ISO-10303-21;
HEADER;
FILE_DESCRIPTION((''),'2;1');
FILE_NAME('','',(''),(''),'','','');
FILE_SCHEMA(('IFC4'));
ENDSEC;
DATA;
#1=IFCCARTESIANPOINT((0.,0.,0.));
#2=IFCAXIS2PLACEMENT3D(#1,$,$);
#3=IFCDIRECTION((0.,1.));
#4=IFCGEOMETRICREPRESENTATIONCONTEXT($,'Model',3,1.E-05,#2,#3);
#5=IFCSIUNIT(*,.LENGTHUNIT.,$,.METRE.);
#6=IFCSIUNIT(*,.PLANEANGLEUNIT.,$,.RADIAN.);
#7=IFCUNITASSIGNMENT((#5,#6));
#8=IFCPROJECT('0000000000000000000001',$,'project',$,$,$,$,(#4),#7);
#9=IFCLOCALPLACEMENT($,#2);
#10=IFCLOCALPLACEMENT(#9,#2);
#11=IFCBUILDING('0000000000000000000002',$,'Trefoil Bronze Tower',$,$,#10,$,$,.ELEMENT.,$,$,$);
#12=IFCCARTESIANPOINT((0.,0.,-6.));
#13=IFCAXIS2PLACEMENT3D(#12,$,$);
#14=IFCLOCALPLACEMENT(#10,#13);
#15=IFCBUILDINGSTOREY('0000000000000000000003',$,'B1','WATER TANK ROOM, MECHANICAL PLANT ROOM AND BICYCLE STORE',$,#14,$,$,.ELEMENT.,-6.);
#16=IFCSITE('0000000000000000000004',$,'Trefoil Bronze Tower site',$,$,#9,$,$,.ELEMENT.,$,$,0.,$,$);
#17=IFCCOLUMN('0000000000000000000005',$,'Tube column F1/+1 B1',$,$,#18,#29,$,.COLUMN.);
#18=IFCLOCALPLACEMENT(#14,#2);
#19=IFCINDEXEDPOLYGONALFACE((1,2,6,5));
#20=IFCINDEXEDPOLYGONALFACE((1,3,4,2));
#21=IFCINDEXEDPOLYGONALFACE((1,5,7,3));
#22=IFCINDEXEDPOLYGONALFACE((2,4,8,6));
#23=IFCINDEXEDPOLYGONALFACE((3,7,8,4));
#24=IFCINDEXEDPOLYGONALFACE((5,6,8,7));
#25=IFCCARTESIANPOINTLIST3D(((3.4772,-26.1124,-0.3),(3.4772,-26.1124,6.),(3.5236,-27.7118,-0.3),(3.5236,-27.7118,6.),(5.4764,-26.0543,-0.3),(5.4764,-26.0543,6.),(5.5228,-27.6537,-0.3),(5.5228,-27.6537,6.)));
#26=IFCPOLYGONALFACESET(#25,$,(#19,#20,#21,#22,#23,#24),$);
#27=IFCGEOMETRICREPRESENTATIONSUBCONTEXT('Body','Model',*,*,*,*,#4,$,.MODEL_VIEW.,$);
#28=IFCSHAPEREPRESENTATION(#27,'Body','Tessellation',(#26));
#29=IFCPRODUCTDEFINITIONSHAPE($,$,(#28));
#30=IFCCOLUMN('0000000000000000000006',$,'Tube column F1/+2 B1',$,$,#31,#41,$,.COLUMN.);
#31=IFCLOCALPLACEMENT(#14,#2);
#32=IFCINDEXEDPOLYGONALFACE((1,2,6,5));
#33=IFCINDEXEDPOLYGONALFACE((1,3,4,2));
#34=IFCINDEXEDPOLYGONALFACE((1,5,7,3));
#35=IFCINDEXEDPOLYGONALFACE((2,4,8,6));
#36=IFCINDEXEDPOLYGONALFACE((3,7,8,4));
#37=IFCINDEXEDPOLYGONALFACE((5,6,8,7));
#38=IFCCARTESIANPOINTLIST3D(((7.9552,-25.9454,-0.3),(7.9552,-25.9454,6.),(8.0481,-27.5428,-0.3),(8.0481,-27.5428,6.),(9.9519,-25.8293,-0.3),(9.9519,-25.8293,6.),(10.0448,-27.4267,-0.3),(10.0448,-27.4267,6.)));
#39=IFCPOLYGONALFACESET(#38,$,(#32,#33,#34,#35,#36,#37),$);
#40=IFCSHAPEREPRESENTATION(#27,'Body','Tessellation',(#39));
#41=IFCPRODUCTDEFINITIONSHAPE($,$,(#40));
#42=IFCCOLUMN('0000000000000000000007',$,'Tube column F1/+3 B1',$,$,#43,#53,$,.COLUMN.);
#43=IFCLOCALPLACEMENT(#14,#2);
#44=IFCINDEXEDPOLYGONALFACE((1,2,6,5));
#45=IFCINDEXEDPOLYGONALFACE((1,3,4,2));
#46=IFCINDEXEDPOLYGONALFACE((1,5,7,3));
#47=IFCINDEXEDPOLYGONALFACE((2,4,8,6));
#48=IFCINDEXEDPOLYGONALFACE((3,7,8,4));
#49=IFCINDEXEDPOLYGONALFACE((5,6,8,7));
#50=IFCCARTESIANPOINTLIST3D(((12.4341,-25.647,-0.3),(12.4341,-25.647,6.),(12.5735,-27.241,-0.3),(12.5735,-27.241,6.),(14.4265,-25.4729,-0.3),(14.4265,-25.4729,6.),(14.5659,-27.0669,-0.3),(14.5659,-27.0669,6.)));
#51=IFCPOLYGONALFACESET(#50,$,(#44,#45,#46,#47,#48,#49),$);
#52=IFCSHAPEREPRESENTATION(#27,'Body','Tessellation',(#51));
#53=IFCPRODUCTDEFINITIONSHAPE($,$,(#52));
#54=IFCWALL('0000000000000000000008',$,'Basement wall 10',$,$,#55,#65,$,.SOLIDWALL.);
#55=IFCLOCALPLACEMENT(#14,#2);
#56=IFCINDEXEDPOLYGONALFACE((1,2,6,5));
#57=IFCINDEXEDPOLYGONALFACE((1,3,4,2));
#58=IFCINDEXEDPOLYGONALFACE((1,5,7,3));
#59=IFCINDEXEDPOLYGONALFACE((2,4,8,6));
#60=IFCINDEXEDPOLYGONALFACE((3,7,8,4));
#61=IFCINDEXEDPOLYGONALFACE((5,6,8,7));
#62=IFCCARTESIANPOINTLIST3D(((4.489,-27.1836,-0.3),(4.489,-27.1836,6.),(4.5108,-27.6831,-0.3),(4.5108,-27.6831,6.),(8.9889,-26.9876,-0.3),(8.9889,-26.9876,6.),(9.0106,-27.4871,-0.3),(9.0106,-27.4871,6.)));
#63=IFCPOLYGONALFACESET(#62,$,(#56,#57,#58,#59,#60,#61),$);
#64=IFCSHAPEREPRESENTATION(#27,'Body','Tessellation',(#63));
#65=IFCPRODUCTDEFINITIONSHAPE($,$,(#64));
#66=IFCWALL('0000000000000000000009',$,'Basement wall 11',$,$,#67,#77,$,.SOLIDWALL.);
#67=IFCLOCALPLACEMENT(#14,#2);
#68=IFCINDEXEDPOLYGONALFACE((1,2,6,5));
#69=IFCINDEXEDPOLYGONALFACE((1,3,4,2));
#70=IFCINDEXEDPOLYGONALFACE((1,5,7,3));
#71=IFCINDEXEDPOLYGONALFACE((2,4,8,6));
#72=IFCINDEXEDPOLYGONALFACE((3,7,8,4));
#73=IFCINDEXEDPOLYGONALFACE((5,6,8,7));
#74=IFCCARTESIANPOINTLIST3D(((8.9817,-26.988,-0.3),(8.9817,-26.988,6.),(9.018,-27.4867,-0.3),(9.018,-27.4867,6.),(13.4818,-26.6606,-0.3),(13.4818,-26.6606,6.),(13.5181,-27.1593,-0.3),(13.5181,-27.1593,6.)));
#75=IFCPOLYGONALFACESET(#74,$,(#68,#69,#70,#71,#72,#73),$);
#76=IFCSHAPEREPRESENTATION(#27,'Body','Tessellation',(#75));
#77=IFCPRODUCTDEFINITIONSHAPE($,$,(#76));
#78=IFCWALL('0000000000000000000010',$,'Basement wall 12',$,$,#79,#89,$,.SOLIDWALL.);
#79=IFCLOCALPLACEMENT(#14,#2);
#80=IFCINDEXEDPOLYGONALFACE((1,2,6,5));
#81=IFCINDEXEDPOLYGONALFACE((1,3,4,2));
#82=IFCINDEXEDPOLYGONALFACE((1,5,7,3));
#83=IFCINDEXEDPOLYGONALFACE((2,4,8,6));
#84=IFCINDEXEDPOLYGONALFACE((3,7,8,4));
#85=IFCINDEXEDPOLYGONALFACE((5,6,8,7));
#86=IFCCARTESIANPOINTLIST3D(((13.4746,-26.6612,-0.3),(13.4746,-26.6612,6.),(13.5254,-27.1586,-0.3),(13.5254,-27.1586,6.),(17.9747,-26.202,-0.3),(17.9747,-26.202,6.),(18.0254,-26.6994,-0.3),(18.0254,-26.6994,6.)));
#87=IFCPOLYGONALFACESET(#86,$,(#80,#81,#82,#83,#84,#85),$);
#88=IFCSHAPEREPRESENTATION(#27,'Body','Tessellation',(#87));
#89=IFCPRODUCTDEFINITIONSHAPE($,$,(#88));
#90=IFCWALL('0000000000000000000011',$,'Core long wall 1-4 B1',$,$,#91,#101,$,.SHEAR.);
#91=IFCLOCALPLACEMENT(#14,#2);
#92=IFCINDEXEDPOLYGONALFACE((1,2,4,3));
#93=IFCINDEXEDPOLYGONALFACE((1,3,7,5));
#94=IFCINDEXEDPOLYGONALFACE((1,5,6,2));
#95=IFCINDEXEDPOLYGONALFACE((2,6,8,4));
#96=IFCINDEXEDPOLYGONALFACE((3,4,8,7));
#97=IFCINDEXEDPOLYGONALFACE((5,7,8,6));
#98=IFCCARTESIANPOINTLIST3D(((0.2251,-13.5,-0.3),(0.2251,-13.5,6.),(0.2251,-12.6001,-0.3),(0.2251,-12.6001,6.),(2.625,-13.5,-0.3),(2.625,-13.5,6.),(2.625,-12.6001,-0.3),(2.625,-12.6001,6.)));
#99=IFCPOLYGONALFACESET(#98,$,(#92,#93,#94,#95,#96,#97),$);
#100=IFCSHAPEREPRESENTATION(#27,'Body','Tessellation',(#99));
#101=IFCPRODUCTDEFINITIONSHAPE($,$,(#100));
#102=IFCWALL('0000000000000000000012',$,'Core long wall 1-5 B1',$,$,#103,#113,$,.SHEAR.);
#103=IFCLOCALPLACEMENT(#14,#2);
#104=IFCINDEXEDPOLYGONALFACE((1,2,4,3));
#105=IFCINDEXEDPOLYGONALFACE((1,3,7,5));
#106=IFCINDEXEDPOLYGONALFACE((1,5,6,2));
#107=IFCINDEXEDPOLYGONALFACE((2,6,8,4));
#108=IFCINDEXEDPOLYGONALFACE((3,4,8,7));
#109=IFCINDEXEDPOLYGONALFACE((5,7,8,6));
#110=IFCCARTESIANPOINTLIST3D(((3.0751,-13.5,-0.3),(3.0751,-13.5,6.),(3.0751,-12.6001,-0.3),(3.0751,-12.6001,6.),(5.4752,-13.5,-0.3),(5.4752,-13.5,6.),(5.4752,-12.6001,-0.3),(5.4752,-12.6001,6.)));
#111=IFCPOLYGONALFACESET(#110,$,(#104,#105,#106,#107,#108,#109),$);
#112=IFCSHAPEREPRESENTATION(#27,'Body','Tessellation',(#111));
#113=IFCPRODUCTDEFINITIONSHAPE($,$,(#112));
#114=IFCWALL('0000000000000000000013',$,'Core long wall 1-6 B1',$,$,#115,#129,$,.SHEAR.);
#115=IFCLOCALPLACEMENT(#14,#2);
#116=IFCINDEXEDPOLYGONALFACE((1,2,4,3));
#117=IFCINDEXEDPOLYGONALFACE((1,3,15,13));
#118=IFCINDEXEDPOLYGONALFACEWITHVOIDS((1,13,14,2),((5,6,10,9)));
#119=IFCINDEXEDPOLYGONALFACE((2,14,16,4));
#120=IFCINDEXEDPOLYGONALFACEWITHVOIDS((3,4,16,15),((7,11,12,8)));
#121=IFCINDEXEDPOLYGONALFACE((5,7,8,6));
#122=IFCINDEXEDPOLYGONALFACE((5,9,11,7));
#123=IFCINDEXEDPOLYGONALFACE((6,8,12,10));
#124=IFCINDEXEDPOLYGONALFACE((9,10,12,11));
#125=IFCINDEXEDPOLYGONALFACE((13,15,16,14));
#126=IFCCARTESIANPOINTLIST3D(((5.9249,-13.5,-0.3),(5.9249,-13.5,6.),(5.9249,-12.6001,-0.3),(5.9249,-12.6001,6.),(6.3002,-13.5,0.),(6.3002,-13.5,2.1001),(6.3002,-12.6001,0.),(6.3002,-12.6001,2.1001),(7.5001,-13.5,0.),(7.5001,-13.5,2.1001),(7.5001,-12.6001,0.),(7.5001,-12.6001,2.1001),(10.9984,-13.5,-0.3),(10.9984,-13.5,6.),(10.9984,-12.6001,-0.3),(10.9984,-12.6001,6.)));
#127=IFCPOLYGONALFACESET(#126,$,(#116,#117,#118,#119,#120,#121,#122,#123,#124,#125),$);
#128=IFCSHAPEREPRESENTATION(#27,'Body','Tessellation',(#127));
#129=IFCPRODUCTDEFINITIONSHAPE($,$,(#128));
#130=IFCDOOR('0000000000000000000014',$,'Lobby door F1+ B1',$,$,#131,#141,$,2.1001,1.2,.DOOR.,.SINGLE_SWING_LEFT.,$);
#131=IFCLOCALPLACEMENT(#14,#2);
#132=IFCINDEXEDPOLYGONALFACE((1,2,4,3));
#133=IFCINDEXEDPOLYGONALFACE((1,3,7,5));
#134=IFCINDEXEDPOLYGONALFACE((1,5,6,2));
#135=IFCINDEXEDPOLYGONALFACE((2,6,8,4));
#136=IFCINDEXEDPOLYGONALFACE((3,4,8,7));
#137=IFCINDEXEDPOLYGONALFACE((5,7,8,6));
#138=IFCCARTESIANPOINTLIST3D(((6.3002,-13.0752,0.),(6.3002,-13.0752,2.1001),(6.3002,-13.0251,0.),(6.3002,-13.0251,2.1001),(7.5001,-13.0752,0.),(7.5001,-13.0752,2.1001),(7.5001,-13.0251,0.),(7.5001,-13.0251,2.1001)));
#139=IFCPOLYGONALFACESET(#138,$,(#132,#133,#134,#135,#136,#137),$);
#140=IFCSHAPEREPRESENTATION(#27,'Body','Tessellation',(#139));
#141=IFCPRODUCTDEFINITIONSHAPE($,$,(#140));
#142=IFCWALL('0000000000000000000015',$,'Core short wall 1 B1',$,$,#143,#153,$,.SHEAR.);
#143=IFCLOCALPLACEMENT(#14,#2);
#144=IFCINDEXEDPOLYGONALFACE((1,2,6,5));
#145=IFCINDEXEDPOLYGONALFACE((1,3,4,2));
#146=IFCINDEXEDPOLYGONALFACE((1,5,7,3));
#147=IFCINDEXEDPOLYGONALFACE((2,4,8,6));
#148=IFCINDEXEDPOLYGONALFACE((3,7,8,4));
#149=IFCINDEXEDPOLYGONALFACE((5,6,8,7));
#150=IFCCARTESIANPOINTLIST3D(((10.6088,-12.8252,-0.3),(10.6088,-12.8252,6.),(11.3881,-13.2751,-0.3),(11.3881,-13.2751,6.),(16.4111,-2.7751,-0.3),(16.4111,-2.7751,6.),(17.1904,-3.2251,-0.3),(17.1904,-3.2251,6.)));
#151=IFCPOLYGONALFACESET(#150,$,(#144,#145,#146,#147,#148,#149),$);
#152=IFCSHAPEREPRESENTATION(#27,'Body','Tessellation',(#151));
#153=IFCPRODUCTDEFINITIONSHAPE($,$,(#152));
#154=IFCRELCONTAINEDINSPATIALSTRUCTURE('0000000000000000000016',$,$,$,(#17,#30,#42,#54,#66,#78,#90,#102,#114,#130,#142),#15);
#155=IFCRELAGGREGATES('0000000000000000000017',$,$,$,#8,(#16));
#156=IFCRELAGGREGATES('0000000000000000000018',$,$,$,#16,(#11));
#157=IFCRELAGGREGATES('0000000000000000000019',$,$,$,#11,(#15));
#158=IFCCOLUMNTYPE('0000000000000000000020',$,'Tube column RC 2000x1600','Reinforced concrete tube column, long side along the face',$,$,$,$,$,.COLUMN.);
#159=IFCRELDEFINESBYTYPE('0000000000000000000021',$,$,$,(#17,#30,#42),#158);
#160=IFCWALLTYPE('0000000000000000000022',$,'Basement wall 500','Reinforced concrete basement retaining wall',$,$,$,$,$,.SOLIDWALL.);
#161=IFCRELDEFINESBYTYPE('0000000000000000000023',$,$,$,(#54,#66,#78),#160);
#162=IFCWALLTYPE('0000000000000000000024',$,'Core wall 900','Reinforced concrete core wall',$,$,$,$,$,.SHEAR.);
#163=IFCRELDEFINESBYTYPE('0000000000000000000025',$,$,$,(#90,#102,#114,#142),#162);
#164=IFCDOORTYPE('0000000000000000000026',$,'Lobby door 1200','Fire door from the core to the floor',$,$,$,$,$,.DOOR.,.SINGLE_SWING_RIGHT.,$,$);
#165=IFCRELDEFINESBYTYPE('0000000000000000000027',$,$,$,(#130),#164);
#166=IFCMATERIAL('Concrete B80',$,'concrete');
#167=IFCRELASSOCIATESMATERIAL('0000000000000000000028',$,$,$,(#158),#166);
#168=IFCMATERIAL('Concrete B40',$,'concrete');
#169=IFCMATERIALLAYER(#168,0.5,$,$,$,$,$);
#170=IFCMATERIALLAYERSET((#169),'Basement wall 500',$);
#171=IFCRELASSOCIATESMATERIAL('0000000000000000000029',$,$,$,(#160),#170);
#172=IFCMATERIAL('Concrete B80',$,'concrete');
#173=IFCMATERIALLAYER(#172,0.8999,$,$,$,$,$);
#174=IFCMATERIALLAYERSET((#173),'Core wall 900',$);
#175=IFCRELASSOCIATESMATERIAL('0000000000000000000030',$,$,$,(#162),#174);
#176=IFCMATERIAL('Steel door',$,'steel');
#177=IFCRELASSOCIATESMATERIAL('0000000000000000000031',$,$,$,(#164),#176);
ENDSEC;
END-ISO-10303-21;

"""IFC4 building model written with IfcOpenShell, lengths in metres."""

from ifc_helpers import new_model, si_unit, direction, frame, frame_2d, origin, origin_2d, place, context, subcontext, project, spatial, rectangle, extrude, material, layer, layer_set, material_profile, profile_set, type_object, element, fill, save


model = new_model("IFC4")

# Units and contexts
model_context = context("Model", 3, precision=1e-05, world=origin(), true_north=direction((0.0, 1.0)))
body_context = subcontext(model_context, "Body", "Model", "MODEL_VIEW")
ifc_project = project(units=[si_unit("LENGTHUNIT", "METRE"), si_unit("PLANEANGLEUNIT", "RADIAN")], contexts=[model_context])

# Site, building, storey
site_placement = place(None, origin())
site = spatial("IfcSite", under=ifc_project, at=site_placement, Name="Trefoil Bronze Tower site", CompositionType="ELEMENT", RefElevation=0.0)
building_placement = place(site_placement, origin())
building = spatial("IfcBuilding", under=site, at=building_placement, Name="Trefoil Bronze Tower", CompositionType="ELEMENT")
storey_placement = place(building_placement, frame((0.0, 0.0, -6.0)))
storey = spatial("IfcBuildingStorey", under=building, at=storey_placement, Name="B1", Description="WATER TANK ROOM, MECHANICAL PLANT ROOM AND BICYCLE STORE", CompositionType="ELEMENT", Elevation=-6.0)

# Columns
ifc_material_1 = material(Name="Concrete B80", Category="concrete")
ifc_material_profile = material_profile(ifc_material_1, rectangle(XDim=2.0, YDim=1.6001, at=origin_2d()), Name="RC 2000x1600")
ifc_profile_set = profile_set([ifc_material_profile], Name="Concrete B80")
column_type = type_object("IfcColumnType", Name="Tube column RC 2000x1600", Description="Reinforced concrete tube column, long side along the face", PredefinedType="COLUMN", material=ifc_profile_set)
for number, where, z_axis, x_axis, name in (
    (1, (4.5, -26.8831, -0.3), (0.0, 0.0, 1.0), (0.999579, 0.029022, 0.0), "Tube column F1/+1 B1"),
    (2, (9.0, -26.686, -0.3), (0.0, 0.0, 1.0), (0.998314, 0.058043, 0.0), "Tube column F1/+2 B1"),
    (3, (13.5, -26.3569, -0.3), (0.0, 0.0, 1.0), (0.996203, 0.087065, 0.0), "Tube column F1/+3 B1"),
):
    element("IfcColumn", number, at=place(storey_placement, frame(where, z_axis=z_axis, x_axis=x_axis)), inside=storey, type_object=column_type, Name=name, PredefinedType="COLUMN", context=body_context, shape_type="SweptSolid", body=[
        extrude(rectangle(XDim=2.0, YDim=1.6001, at=origin_2d()), origin(), (0.0, 0.0, 1.0), 6.3),
    ])

# Walls
ifc_material_2 = material(Name="Concrete B40", Category="concrete")
ifc_layer_1 = layer(ifc_material_2, 0.5)
ifc_layer_set_1 = layer_set([ifc_layer_1], Name="Basement wall 500")
wall_type_1 = type_object("IfcWallType", Name="Basement wall 500", Description="Reinforced concrete basement retaining wall", PredefinedType="SOLIDWALL", material=ifc_layer_set_1)
wall_1_placement = place(storey_placement, frame((4.5, -27.4333, -0.3), z_axis=(0.0, 0.0, 1.0), x_axis=(0.999052, 0.043524, 0.0)))
element("IfcWall", 4, at=wall_1_placement, inside=storey, type_object=wall_type_1, Name="Basement wall 10", PredefinedType="SOLIDWALL", context=body_context, shape_type="SweptSolid", body=[
    extrude(rectangle(XDim=4.5042, YDim=0.5, at=frame_2d((2.252, 0.0))), origin(), (0.0, 0.0, 1.0), 6.3),
])
wall_2_placement = place(storey_placement, frame((9.0, -27.2373, -0.3), z_axis=(0.0, 0.0, 1.0), x_axis=(0.997364, 0.072562, 0.0)))
element("IfcWall", 5, at=wall_2_placement, inside=storey, type_object=wall_type_1, Name="Basement wall 11", PredefinedType="SOLIDWALL", context=body_context, shape_type="SweptSolid", body=[
    extrude(rectangle(XDim=4.512, YDim=0.5, at=frame_2d((2.2559, 0.0))), origin(), (0.0, 0.0, 1.0), 6.3),
])
wall_3_placement = place(storey_placement, frame((13.5, -26.9099, -0.3), z_axis=(0.0, 0.0, 1.0), x_axis=(0.994833, 0.101523, 0.0)))
element("IfcWall", 6, at=wall_3_placement, inside=storey, type_object=wall_type_1, Name="Basement wall 12", PredefinedType="SOLIDWALL", context=body_context, shape_type="SweptSolid", body=[
    extrude(rectangle(XDim=4.5234, YDim=0.5, at=frame_2d((2.2617, 0.0))), origin(), (0.0, 0.0, 1.0), 6.3),
])
ifc_material_3 = material(Name="Concrete B80", Category="concrete")
ifc_layer_2 = layer(ifc_material_3, 0.8999)
ifc_layer_set_2 = layer_set([ifc_layer_2], Name="Core wall 900")
wall_type_2 = type_object("IfcWallType", Name="Core wall 900", Description="Reinforced concrete core wall", PredefinedType="SHEAR", material=ifc_layer_set_2)
wall_4_placement = place(storey_placement, frame((0.2251, -13.05, -0.3), z_axis=(0.0, 0.0, 1.0), x_axis=(1.0, 0.0, 0.0)))
element("IfcWall", 7, at=wall_4_placement, inside=storey, type_object=wall_type_2, Name="Core long wall 1-4 B1", PredefinedType="SHEAR", context=body_context, shape_type="SweptSolid", body=[
    extrude(rectangle(XDim=2.3999, YDim=0.8999, at=frame_2d((1.2, 0.0))), origin(), (0.0, 0.0, 1.0), 6.3),
])
wall_5_placement = place(storey_placement, frame((3.075, -13.05, -0.3), z_axis=(0.0, 0.0, 1.0), x_axis=(1.0, 0.0, 0.0)))
element("IfcWall", 8, at=wall_5_placement, inside=storey, type_object=wall_type_2, Name="Core long wall 1-5 B1", PredefinedType="SHEAR", context=body_context, shape_type="SweptSolid", body=[
    extrude(rectangle(XDim=2.4001, YDim=0.8999, at=frame_2d((1.2002, 0.0))), origin(), (0.0, 0.0, 1.0), 6.3),
])

# Wall, opening, door
wall_6_placement = place(storey_placement, frame((5.925, -13.05, -0.3), z_axis=(0.0, 0.0, 1.0), x_axis=(1.0, 0.0, 0.0)))
wall_6 = element("IfcWall", 9, at=wall_6_placement, inside=storey, type_object=wall_type_2, Name="Core long wall 1-6 B1", PredefinedType="SHEAR", context=body_context, shape_type="SweptSolid", body=[
    extrude(rectangle(XDim=5.0735, YDim=0.8999, at=frame_2d((2.5366, 0.0))), origin(), (0.0, 0.0, 1.0), 6.3),
])
opening_placement = place(wall_6_placement, frame((0.375, 0.0, 0.3)))
opening = element("IfcOpeningElement", 10, at=opening_placement, cuts=wall_6, PredefinedType="OPENING", context=body_context, shape_type="SweptSolid", body=[
    extrude(rectangle(XDim=1.2, YDim=2.1001, at=frame_2d((0.6001, 1.05))), frame((0.0, 0.46, 0.0), z_axis=(0.0, -1.0, 0.0), x_axis=(1.0, 0.0, 0.0)), (0.0, 0.0, 1.0), 0.9199),
])
ifc_material_4 = material(Name="Steel door", Category="steel")
door_type = type_object("IfcDoorType", Name="Lobby door 1200", Description="Fire door from the core to the floor", OperationType="SINGLE_SWING_RIGHT", PredefinedType="DOOR", material=ifc_material_4)
door_placement = place(opening_placement, origin())
door = element("IfcDoor", 11, at=door_placement, inside=storey, type_object=door_type, Name="Lobby door F1+ B1", OperationType="SINGLE_SWING_LEFT", OverallHeight=2.1001, OverallWidth=1.2, PredefinedType="DOOR", context=body_context, shape_type="SweptSolid", body=[
    extrude(rectangle(XDim=1.2, YDim=2.1001, at=frame_2d((0.6001, 1.05))), frame((0.0, 0.0249, 0.0), z_axis=(0.0, -1.0, 0.0), x_axis=(1.0, 0.0, 0.0)), (0.0, 0.0, 1.0), 0.05),
])
fill(opening, door)

# Wall
wall_7_placement = place(storey_placement, frame((10.9985, -13.05, -0.3), z_axis=(0.0, 0.0, 1.0), x_axis=(0.49999, 0.866031, 0.0)))
element("IfcWall", 12, at=wall_7_placement, inside=storey, type_object=wall_type_2, Name="Core short wall 1 B1", PredefinedType="SHEAR", context=body_context, shape_type="SweptSolid", body=[
    extrude(rectangle(XDim=11.6047, YDim=0.8999, at=frame_2d((5.8022, 0.0))), origin(), (0.0, 0.0, 1.0), 6.3),
])

save(model, "model.ifc")
